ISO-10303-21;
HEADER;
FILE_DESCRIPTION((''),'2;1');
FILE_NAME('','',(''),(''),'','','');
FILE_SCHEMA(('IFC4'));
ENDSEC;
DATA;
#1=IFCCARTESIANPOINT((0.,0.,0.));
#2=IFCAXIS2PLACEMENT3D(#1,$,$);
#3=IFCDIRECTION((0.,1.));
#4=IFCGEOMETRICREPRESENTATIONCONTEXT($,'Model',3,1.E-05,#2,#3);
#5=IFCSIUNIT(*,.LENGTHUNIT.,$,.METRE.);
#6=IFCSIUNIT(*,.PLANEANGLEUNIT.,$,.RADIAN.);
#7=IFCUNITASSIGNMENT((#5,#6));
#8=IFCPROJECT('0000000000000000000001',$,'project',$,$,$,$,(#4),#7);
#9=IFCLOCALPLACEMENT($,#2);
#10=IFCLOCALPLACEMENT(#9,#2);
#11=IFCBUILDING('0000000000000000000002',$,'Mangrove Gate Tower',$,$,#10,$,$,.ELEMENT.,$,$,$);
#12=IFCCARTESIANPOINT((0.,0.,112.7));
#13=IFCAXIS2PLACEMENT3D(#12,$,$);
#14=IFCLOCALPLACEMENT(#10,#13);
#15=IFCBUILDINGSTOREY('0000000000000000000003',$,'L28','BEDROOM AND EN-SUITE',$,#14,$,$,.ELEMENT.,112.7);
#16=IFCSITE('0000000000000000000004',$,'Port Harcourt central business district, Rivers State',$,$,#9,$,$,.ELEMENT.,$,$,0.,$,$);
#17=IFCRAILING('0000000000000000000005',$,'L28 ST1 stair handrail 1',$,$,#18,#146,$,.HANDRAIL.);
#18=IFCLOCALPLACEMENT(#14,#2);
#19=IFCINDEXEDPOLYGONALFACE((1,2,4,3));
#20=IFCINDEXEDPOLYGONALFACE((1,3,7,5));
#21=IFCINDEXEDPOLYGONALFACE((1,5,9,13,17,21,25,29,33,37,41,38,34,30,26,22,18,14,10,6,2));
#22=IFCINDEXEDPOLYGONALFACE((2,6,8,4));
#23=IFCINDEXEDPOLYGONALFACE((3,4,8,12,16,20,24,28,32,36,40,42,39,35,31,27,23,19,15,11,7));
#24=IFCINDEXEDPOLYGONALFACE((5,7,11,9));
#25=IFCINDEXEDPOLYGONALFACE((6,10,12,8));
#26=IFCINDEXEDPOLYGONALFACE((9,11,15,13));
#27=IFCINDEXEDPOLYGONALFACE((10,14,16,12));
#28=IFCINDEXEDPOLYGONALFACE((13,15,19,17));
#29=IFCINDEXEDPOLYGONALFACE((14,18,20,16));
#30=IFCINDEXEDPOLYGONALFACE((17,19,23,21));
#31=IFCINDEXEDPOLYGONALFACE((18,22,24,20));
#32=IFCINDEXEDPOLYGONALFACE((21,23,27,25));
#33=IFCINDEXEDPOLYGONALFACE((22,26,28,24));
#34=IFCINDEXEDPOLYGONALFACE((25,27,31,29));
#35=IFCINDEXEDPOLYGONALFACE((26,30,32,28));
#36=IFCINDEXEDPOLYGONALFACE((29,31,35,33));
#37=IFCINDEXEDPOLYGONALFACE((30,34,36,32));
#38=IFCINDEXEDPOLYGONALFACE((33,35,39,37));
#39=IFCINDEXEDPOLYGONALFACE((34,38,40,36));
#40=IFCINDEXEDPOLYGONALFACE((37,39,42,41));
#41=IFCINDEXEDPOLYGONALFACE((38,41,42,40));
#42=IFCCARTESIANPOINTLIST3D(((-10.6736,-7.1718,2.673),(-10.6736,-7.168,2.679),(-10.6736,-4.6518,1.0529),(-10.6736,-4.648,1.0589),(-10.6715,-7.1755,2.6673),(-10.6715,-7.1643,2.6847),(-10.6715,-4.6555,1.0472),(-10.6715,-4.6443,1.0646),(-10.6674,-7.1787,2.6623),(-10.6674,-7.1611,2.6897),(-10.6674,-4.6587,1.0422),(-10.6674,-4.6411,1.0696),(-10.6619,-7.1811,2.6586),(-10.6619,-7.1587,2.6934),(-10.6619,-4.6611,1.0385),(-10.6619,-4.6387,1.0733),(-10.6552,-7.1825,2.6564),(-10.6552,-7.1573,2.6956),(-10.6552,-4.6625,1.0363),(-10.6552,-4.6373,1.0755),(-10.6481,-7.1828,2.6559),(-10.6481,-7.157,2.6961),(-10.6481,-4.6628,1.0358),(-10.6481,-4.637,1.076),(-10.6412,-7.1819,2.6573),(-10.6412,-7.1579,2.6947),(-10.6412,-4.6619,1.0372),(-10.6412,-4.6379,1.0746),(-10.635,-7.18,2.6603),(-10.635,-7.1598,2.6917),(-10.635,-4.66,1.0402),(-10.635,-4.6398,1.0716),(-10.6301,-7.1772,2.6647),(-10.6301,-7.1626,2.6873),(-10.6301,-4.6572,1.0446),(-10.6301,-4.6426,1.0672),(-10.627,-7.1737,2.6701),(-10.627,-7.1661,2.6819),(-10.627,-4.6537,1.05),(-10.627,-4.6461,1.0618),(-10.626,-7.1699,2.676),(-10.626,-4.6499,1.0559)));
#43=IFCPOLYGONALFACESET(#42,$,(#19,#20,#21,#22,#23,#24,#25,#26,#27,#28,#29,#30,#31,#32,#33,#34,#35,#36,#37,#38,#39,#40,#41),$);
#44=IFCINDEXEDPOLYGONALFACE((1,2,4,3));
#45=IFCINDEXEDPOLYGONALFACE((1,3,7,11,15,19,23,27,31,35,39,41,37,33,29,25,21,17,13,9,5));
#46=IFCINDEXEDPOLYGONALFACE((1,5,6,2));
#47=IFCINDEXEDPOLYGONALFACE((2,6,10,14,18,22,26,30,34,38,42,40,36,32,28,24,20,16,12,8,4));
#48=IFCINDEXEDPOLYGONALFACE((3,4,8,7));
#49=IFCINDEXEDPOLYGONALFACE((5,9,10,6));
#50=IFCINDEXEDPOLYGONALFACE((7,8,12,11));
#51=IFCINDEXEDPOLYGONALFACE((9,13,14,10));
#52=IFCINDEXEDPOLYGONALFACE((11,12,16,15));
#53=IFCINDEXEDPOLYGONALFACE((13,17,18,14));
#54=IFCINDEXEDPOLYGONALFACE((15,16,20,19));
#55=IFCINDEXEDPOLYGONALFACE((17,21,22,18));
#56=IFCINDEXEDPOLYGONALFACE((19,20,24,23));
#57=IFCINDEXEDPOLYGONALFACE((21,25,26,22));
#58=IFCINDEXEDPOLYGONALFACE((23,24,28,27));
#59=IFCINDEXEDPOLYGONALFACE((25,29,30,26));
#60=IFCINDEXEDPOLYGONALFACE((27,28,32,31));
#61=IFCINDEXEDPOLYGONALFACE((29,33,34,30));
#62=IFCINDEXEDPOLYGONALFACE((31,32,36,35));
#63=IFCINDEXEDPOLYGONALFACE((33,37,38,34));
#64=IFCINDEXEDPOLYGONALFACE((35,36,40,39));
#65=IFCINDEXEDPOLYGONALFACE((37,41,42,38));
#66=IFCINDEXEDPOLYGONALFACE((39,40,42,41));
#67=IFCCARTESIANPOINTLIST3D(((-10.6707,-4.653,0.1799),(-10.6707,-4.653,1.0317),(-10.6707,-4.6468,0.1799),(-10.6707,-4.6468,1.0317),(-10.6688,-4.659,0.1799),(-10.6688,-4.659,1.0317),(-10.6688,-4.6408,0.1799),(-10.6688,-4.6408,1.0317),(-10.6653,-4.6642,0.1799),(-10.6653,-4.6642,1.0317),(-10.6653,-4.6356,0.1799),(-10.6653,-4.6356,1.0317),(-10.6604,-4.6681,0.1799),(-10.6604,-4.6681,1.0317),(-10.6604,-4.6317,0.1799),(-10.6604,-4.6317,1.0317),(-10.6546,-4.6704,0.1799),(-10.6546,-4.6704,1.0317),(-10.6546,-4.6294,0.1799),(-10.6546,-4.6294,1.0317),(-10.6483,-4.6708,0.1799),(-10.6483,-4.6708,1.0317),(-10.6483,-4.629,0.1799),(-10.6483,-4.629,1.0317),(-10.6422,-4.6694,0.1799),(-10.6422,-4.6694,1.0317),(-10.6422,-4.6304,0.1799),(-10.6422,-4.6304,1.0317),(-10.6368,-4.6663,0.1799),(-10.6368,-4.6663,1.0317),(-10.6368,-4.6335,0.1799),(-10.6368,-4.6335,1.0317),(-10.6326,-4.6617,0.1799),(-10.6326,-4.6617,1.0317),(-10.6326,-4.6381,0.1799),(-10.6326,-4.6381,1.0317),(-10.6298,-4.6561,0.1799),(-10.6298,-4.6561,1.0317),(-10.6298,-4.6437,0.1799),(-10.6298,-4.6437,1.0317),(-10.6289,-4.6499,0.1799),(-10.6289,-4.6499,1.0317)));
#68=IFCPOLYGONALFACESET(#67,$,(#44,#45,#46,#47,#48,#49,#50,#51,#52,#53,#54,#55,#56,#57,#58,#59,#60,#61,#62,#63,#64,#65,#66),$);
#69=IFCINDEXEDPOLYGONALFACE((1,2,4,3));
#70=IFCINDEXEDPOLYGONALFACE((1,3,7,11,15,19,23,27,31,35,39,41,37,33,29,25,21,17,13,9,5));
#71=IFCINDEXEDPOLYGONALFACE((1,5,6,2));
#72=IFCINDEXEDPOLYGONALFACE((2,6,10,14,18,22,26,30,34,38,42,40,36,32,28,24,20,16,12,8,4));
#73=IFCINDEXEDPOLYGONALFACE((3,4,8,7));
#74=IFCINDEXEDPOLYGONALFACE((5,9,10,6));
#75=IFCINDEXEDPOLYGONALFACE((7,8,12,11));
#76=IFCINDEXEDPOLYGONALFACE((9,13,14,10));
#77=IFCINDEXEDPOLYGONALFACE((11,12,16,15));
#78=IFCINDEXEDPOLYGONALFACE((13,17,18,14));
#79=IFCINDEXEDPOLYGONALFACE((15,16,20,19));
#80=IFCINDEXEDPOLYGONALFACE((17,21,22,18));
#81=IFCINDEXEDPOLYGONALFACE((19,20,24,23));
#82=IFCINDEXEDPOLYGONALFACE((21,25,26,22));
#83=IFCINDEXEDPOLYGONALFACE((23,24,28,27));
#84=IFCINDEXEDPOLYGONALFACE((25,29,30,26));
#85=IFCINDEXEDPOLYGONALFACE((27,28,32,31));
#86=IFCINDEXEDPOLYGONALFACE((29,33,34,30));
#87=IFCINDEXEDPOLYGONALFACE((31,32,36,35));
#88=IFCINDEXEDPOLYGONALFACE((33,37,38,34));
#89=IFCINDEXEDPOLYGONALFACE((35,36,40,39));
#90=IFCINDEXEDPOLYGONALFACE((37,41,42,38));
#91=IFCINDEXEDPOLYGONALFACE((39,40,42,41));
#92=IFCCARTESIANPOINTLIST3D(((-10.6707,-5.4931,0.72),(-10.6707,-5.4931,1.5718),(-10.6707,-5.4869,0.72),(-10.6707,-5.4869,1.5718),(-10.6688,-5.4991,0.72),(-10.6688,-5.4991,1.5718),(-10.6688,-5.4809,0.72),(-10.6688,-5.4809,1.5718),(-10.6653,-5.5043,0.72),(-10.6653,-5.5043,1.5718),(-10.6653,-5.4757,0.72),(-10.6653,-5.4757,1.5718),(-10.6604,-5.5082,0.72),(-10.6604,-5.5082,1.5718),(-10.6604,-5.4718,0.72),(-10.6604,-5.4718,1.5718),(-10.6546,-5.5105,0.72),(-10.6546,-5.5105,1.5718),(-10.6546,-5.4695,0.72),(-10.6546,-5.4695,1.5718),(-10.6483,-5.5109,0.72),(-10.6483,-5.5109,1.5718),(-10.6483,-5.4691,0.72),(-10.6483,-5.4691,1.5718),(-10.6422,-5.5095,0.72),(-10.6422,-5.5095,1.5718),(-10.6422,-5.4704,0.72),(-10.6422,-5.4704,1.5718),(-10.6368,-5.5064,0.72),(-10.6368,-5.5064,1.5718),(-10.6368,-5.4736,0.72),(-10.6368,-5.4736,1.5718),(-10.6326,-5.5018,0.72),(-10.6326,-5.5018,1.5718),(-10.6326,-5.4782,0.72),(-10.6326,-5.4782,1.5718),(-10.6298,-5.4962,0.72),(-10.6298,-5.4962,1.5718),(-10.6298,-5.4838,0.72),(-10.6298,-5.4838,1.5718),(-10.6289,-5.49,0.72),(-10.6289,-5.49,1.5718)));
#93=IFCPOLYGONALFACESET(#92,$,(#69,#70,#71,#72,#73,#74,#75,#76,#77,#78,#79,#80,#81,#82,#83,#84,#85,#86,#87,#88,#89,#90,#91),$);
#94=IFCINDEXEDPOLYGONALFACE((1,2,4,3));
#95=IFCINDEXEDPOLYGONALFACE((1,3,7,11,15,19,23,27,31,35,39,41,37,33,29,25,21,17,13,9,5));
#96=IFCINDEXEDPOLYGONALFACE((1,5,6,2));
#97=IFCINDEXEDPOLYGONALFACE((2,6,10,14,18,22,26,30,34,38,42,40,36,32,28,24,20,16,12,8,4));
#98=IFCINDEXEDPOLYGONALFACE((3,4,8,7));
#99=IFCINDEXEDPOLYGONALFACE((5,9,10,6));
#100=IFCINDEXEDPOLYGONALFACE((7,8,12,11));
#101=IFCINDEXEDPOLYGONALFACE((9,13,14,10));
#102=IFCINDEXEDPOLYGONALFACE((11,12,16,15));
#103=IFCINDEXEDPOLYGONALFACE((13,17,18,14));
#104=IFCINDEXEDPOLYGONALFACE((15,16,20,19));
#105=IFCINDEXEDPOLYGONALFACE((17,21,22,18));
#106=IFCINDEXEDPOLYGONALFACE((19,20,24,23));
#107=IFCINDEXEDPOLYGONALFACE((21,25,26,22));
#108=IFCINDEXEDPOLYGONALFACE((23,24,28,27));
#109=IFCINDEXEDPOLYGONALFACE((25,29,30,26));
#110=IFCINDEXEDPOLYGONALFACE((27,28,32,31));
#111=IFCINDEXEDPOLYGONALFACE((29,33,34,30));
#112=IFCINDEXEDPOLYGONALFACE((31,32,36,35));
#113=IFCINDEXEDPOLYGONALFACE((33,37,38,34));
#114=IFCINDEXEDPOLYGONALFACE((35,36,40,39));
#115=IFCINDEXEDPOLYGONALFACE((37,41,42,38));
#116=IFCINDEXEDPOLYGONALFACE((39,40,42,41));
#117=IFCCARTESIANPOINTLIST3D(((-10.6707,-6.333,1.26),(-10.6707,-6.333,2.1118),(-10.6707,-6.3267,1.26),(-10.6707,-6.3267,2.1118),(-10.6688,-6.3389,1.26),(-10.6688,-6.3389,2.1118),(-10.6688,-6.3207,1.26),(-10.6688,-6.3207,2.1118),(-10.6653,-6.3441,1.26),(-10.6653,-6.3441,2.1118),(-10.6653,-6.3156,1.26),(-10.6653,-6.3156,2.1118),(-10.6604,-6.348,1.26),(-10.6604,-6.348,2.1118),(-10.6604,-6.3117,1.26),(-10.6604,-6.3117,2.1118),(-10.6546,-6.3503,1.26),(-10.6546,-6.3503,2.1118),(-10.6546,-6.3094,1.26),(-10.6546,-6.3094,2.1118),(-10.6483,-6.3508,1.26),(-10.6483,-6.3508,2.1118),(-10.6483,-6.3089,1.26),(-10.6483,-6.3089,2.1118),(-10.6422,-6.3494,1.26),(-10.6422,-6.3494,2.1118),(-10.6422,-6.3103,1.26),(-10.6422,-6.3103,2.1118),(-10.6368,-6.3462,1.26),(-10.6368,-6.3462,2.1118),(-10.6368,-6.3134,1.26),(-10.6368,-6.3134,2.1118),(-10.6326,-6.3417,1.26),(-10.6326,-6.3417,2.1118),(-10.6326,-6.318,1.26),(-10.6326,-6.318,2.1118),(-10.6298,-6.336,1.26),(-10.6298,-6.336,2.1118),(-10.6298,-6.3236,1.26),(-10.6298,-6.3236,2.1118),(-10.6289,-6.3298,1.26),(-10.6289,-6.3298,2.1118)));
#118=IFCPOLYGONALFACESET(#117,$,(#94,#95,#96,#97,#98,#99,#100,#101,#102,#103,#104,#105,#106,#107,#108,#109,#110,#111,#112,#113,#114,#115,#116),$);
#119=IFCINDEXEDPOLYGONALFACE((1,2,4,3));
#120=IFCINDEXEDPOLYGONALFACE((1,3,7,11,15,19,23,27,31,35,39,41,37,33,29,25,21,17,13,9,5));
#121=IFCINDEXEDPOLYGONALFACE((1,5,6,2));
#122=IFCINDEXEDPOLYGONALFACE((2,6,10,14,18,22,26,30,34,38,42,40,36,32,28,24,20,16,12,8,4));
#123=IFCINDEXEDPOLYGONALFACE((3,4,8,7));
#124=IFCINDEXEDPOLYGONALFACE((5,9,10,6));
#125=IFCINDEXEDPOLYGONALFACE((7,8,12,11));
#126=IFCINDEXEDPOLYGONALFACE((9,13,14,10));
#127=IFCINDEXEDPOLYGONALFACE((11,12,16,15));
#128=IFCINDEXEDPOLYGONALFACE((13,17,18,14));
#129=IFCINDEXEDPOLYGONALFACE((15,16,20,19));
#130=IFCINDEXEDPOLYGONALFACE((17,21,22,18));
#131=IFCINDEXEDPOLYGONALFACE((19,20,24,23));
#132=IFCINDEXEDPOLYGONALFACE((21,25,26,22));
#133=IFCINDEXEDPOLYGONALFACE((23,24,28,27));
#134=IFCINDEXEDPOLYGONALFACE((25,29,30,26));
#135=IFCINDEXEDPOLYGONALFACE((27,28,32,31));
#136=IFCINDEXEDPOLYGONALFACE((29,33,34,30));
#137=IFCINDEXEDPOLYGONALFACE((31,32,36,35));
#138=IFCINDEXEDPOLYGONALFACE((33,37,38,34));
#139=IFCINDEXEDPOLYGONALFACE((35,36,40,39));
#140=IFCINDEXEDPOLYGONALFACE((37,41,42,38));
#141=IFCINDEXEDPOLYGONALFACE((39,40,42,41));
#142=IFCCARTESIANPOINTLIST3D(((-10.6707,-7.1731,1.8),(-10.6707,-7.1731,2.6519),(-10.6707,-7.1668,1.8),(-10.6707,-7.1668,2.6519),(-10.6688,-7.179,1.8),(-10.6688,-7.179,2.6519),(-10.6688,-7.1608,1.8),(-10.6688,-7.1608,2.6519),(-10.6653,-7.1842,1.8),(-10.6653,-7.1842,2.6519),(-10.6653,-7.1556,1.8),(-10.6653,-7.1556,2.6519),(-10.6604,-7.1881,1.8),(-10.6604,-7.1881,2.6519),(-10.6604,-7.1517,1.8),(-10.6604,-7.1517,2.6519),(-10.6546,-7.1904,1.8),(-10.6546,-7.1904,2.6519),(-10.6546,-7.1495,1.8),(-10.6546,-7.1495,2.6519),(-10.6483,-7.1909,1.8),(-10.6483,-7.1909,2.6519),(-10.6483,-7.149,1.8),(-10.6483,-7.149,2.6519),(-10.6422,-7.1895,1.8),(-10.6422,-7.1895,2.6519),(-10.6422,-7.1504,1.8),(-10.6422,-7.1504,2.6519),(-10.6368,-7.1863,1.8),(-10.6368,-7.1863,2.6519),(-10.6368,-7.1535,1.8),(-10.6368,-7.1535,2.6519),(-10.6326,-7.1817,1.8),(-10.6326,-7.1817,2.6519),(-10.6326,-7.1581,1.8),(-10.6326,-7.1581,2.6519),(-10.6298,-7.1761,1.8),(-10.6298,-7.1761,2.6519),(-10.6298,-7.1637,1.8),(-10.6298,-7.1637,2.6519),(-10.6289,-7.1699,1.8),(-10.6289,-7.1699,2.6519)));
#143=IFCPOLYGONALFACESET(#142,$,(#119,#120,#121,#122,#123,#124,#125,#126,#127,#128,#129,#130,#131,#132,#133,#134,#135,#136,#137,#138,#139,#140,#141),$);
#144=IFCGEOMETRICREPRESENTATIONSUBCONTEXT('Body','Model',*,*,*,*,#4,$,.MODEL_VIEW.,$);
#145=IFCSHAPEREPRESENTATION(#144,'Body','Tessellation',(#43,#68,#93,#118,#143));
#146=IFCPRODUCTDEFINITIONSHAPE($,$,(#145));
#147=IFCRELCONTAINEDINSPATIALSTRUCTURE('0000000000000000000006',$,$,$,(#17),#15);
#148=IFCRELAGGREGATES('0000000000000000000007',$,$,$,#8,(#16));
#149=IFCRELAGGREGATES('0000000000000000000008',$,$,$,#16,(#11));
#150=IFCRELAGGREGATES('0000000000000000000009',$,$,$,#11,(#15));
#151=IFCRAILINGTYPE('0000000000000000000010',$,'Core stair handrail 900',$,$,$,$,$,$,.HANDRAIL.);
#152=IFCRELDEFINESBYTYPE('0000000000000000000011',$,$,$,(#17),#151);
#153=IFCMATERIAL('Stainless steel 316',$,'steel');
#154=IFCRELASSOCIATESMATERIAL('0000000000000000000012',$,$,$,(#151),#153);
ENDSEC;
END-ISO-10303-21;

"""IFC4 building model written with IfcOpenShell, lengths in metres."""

from ifc_helpers import new_model, si_unit, direction, frame, origin, origin_2d, place, context, subcontext, project, spatial, circle, extrude, material, type_object, element, save


model = new_model("IFC4")

# Units and contexts
model_context = context("Model", 3, precision=1e-05, world=origin(), true_north=direction((0.0, 1.0)))
body_context = subcontext(model_context, "Body", "Model", "MODEL_VIEW")
ifc_project = project(units=[si_unit("LENGTHUNIT", "METRE"), si_unit("PLANEANGLEUNIT", "RADIAN")], contexts=[model_context])

# Site, building, storey
site_placement = place(None, origin())
site = spatial("IfcSite", under=ifc_project, at=site_placement, Name="Port Harcourt central business district, Rivers State", CompositionType="ELEMENT", RefElevation=0.0)
building_placement = place(site_placement, origin())
building = spatial("IfcBuilding", under=site, at=building_placement, Name="Mangrove Gate Tower", CompositionType="ELEMENT")
storey_placement = place(building_placement, frame((0.0, 0.0, 112.7)))
storey = spatial("IfcBuildingStorey", under=building, at=storey_placement, Name="L28", Description="BEDROOM AND EN-SUITE", CompositionType="ELEMENT", Elevation=112.7)

# Railing
ifc_material_1 = material(Name="Stainless steel 316", Category="steel")
railing_type_1 = type_object("IfcRailingType", Name="Core stair handrail 900", PredefinedType="HANDRAIL", material=ifc_material_1)
railing_1_placement = place(storey_placement, frame((-10.6499, -4.6499, 0.1799)))
element("IfcRailing", 1, at=railing_1_placement, inside=storey, type_object=railing_type_1, Name="L28 ST1 stair handrail 1", PredefinedType="HANDRAIL", context=body_context, shape_type="SweptSolid", body=[
    extrude(circle(Radius=0.0239, at=origin_2d()), frame((0.0, 0.0, 0.876), z_axis=(0.0, -0.841163, 0.540782), x_axis=(1.0, 0.0, 0.0)), (0.0, 0.0, 1.0), 2.9958),
    extrude(circle(Radius=0.021, at=origin_2d()), origin(), (0.0, 0.0, 1.0), 0.8518),
    extrude(circle(Radius=0.021, at=origin_2d()), frame((0.0, -0.8401, 0.54)), (0.0, 0.0, 1.0), 0.8518),
    extrude(circle(Radius=0.021, at=origin_2d()), frame((0.0, -1.6799, 1.0801)), (0.0, 0.0, 1.0), 0.8518),
    extrude(circle(Radius=0.021, at=origin_2d()), frame((0.0, -2.52, 1.6201)), (0.0, 0.0, 1.0), 0.8518),
])

save(model, "model.ifc")
